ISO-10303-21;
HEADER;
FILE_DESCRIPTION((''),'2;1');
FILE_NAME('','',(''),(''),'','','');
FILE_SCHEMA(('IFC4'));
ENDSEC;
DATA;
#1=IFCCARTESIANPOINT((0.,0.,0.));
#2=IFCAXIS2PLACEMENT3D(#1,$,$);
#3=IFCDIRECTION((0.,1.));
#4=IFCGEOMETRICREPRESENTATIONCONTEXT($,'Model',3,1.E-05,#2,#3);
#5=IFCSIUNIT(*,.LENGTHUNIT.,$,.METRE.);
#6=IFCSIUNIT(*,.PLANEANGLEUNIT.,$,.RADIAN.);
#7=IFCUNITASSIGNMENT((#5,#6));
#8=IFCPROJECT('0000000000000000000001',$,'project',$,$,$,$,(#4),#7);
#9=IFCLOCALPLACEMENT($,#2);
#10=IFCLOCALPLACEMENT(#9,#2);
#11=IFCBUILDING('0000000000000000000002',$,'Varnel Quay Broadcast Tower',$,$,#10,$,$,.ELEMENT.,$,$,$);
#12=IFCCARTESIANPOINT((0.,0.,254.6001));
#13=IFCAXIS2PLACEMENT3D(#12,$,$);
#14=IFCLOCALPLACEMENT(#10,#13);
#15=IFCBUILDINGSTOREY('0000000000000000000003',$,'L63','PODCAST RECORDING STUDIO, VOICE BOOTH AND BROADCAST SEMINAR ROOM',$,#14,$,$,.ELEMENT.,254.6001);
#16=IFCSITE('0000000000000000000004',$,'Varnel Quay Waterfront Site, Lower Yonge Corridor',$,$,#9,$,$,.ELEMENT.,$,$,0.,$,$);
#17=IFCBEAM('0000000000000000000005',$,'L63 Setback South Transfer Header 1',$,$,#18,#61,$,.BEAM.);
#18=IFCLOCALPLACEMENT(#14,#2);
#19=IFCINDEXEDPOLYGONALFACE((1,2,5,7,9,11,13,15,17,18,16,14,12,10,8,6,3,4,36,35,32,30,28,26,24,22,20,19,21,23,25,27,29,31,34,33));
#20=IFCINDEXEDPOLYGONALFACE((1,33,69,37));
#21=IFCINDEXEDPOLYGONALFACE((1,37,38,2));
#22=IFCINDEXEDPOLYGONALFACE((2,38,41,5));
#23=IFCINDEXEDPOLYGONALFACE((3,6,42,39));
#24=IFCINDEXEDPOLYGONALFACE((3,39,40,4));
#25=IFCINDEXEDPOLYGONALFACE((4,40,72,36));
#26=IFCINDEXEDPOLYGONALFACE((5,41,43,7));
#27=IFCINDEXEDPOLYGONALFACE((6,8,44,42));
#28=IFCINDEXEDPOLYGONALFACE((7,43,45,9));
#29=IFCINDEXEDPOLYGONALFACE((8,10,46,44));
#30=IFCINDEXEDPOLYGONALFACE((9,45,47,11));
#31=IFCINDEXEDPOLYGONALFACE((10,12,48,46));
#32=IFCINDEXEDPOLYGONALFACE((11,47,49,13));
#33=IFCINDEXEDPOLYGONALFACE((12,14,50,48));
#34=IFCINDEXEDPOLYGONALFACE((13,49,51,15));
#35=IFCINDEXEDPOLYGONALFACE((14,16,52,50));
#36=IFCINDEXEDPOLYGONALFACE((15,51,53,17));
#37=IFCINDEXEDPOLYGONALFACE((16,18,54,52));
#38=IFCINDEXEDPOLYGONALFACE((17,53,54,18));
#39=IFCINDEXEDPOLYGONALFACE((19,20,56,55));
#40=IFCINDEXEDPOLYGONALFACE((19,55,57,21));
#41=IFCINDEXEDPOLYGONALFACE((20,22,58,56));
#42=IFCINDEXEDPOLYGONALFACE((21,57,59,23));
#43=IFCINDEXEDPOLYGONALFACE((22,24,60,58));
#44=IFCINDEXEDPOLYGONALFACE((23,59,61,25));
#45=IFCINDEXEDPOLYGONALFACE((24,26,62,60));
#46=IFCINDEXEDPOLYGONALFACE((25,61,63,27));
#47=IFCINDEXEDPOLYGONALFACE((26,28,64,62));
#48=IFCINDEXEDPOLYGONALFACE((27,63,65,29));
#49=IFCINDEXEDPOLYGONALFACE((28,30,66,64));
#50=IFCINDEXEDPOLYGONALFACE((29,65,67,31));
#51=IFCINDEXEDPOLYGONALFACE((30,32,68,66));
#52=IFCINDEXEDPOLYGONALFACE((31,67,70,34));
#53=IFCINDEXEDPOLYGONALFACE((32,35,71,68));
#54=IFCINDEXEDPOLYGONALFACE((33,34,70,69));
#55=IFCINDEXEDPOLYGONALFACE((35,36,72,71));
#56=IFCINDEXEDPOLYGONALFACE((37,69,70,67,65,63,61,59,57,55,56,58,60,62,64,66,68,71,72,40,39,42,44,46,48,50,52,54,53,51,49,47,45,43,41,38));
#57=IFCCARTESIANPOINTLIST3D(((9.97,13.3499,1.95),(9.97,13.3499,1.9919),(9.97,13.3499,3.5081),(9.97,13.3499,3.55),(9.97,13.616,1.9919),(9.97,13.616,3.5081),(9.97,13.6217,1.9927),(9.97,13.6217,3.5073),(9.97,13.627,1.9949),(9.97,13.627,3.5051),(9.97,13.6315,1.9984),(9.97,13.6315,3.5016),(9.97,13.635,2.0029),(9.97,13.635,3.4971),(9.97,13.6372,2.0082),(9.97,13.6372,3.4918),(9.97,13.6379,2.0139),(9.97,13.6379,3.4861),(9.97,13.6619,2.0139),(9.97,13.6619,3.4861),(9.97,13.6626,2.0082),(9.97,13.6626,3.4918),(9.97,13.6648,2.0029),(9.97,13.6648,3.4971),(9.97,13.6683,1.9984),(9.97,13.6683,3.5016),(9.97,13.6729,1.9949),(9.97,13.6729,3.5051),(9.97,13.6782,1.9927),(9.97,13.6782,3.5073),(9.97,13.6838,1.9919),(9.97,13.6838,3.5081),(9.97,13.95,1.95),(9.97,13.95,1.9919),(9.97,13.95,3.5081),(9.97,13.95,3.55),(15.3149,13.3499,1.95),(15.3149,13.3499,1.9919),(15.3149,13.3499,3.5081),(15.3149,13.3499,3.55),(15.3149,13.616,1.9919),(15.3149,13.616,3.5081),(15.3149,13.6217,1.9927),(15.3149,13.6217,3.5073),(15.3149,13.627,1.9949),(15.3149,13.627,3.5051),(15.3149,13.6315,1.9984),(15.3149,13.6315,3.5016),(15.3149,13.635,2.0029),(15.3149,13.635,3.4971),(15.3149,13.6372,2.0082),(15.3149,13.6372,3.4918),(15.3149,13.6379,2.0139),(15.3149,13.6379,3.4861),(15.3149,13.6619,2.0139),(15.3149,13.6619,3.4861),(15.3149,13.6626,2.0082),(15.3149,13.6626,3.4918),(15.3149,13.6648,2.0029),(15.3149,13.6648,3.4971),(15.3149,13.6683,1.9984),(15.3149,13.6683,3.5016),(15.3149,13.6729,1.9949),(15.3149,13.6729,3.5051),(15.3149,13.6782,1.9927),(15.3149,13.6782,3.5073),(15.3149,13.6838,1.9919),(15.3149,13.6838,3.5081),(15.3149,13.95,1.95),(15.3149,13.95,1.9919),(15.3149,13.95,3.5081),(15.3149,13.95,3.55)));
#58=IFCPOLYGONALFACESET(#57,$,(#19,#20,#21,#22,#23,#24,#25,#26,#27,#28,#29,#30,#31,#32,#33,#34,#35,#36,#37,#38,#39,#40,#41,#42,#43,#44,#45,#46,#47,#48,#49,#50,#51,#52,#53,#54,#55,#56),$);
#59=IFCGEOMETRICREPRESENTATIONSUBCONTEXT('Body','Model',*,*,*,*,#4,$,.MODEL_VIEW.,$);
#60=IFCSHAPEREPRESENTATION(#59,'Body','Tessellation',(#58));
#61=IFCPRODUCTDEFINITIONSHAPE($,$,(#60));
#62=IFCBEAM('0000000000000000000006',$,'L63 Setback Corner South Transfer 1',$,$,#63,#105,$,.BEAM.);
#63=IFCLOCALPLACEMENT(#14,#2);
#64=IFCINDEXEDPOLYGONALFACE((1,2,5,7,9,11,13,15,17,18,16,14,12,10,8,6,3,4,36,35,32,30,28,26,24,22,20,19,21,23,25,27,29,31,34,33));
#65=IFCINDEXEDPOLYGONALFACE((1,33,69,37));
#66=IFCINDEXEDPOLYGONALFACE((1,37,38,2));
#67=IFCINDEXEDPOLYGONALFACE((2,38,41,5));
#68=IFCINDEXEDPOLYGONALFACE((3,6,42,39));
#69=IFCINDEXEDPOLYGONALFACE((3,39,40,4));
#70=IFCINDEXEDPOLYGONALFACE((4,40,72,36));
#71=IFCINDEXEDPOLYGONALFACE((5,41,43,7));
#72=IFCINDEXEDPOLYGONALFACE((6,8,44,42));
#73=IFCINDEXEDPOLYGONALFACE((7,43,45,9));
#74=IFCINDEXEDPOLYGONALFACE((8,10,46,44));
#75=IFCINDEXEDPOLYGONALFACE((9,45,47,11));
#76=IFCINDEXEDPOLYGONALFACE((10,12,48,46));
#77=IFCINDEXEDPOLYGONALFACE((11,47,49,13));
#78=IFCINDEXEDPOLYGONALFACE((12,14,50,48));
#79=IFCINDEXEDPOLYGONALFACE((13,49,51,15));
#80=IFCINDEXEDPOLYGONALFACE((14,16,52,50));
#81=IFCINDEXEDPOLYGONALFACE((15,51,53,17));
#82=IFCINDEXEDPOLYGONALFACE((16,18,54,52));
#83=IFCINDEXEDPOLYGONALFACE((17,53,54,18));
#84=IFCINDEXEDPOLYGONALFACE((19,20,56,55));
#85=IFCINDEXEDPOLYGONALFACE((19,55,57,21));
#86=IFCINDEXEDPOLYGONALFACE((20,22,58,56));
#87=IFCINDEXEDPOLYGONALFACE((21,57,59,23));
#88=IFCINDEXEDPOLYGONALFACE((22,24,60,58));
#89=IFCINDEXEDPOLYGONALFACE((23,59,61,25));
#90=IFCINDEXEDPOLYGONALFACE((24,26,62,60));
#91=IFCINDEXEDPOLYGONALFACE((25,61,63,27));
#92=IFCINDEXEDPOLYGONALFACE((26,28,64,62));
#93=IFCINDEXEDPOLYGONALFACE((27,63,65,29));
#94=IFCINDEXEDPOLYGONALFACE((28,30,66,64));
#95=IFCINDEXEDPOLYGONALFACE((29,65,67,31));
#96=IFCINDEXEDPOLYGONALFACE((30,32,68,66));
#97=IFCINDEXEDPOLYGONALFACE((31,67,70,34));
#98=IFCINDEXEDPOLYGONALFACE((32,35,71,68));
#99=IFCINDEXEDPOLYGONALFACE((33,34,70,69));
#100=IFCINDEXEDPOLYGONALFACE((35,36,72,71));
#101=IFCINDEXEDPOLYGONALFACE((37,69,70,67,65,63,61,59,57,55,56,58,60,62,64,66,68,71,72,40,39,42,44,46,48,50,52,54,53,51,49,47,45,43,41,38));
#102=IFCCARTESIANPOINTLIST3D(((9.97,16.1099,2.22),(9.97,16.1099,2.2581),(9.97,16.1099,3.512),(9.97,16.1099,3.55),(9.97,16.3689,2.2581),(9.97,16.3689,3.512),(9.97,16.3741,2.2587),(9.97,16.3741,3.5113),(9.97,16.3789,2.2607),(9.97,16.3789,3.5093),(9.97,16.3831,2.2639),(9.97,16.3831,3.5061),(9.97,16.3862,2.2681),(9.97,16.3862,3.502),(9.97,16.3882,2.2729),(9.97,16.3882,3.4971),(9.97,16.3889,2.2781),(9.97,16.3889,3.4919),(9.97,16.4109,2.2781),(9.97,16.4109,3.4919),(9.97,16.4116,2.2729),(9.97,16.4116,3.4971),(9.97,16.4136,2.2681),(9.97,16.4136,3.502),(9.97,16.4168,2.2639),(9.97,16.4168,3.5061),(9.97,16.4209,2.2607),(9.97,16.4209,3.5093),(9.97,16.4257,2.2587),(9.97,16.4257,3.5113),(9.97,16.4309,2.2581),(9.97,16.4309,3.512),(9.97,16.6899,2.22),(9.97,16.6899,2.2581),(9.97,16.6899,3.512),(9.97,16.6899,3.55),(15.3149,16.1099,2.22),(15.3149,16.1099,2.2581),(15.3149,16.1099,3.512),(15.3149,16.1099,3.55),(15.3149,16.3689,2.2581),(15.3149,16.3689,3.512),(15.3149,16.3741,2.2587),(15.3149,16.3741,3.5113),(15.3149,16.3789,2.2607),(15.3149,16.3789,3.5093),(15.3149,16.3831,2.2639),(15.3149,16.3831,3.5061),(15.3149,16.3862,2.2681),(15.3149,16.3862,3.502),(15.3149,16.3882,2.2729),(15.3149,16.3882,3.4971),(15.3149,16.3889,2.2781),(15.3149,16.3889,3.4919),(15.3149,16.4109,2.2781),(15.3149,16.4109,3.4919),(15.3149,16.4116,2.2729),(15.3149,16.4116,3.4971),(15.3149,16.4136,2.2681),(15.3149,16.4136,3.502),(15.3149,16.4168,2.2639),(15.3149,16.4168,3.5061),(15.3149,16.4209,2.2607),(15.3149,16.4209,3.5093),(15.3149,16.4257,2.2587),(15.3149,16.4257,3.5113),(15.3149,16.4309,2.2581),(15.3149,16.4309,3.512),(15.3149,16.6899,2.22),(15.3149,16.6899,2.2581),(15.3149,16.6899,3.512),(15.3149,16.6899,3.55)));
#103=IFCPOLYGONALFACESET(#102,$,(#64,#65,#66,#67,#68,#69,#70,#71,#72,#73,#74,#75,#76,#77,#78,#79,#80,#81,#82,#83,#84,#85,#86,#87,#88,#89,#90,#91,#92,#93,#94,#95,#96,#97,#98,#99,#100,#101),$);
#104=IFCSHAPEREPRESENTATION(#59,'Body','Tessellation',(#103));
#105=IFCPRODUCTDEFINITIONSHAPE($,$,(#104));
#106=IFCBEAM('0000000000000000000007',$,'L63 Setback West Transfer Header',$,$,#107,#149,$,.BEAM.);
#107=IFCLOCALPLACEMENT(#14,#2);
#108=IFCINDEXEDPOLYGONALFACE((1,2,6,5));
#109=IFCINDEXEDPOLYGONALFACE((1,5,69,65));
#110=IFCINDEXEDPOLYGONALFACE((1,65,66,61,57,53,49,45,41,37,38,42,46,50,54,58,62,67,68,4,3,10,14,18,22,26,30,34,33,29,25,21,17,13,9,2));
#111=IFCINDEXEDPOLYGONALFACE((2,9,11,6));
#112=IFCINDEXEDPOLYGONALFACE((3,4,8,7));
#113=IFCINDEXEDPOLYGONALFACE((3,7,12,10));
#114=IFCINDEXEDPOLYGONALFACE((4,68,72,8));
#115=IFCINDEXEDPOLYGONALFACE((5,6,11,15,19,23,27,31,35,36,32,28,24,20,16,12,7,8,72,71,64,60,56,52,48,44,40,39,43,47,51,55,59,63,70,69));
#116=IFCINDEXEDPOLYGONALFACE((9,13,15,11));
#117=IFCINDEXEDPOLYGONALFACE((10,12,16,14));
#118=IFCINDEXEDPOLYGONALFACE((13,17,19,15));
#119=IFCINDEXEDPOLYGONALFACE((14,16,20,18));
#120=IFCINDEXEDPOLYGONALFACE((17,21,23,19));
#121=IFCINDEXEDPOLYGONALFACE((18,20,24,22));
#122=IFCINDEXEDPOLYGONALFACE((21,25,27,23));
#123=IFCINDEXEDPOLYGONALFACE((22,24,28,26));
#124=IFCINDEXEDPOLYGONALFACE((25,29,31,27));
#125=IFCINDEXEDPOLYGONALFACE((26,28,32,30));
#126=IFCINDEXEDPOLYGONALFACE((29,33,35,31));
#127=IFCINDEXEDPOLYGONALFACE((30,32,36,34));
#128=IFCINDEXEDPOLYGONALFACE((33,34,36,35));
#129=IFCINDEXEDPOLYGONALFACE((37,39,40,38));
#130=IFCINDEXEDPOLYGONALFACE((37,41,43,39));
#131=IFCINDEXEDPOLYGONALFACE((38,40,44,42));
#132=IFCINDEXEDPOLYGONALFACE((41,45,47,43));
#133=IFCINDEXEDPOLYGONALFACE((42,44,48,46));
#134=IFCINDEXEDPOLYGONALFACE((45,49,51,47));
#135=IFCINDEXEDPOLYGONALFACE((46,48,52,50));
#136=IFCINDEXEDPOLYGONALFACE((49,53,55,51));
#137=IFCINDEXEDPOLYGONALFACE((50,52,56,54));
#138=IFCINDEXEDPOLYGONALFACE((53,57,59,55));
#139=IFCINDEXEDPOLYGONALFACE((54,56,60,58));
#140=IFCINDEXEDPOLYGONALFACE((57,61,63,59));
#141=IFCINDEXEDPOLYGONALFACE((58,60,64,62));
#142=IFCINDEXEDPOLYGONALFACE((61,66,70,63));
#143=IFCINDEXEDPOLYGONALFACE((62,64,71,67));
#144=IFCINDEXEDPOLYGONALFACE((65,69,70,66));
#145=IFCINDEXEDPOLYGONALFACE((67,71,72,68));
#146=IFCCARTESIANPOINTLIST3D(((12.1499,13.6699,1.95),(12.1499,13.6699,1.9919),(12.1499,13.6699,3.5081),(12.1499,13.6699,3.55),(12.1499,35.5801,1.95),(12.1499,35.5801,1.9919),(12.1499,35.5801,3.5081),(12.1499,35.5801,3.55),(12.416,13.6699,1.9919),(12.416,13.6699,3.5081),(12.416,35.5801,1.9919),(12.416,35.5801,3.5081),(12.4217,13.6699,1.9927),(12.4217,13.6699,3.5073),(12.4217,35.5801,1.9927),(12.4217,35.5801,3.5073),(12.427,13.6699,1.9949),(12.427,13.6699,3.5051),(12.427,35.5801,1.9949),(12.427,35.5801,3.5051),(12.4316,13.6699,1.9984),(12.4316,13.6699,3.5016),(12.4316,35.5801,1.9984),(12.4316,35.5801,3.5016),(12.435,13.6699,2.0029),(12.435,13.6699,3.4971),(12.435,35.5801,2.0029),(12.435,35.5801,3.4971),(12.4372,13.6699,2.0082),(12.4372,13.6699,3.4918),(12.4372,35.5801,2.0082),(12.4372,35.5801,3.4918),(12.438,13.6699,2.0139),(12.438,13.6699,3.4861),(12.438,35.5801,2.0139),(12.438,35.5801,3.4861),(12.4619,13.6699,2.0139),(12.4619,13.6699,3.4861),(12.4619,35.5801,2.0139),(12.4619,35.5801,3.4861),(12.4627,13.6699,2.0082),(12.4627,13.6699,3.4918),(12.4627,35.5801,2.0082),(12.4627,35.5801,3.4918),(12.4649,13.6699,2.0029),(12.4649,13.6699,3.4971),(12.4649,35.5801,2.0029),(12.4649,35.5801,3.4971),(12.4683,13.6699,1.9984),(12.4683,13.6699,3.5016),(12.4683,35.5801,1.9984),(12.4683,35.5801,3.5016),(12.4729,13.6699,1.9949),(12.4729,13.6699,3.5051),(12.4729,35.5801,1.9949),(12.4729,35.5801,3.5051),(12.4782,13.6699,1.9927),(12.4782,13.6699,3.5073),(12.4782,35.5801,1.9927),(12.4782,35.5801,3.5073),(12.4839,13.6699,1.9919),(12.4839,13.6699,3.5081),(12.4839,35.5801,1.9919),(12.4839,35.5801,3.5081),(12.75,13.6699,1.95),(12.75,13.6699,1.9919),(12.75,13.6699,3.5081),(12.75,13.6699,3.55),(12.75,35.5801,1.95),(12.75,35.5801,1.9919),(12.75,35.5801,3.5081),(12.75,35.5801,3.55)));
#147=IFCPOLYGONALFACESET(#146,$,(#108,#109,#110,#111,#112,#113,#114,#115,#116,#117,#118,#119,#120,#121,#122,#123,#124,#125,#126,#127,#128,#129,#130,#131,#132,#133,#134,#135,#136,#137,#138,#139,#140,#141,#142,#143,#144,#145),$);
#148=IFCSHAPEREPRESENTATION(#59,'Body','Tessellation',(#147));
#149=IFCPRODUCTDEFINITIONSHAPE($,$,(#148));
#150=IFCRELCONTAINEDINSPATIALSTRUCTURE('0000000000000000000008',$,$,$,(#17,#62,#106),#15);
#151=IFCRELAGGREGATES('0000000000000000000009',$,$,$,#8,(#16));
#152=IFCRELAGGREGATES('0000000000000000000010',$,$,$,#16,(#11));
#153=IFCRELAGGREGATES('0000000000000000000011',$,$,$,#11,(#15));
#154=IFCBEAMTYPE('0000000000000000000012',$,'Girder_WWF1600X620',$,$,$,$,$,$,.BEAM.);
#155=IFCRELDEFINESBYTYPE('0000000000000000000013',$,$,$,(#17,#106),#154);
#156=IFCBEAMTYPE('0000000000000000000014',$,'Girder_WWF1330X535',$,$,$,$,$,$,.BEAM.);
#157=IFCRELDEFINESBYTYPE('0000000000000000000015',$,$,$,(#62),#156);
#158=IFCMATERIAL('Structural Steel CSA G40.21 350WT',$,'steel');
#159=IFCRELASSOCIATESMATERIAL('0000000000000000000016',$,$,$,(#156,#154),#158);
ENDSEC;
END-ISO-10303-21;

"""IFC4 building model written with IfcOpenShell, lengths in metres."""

from ifc_helpers import new_model, si_unit, direction, frame, origin, origin_2d, place, context, subcontext, project, spatial, i_section, extrude, source, transform, mapped, material, material_profile, profile_set, type_object, type_shapes, element, save


model = new_model("IFC4")

# Units and contexts
model_context = context("Model", 3, precision=1e-05, world=origin(), true_north=direction((0.0, 1.0)))
body_context = subcontext(model_context, "Body", "Model", "MODEL_VIEW")
ifc_project = project(units=[si_unit("LENGTHUNIT", "METRE"), si_unit("PLANEANGLEUNIT", "RADIAN")], contexts=[model_context])

# Site, building, storey
site_placement = place(None, origin())
site = spatial("IfcSite", under=ifc_project, at=site_placement, Name="Varnel Quay Waterfront Site, Lower Yonge Corridor", CompositionType="ELEMENT", RefElevation=0.0)
building_placement = place(site_placement, origin())
building = spatial("IfcBuilding", under=site, at=building_placement, Name="Varnel Quay Broadcast Tower", CompositionType="ELEMENT")
storey_placement = place(building_placement, frame((0.0, 0.0, 254.6001)))
storey = spatial("IfcBuildingStorey", under=building, at=storey_placement, Name="L63", Description="PODCAST RECORDING STUDIO, VOICE BOOTH AND BROADCAST SEMINAR ROOM", CompositionType="ELEMENT", Elevation=254.6001)

# Beams
ifc_material_1 = material(Name="Structural Steel CSA G40.21 350WT", Category="steel")
ifc_material_profile_1 = material_profile(ifc_material_1, i_section(OverallWidth=0.5801, OverallDepth=1.3301, WebThickness=0.022, FlangeThickness=0.0381, FilletRadius=0.02, at=origin_2d()), Name="WWF1330X535")
ifc_profile_set_1 = profile_set([ifc_material_profile_1], Name="Structural Steel CSA G40.21 350WT")
beam_type_1 = type_object("IfcBeamType", Name="Girder_WWF1330X535", PredefinedType="BEAM", material=ifc_profile_set_1)
ifc_material_profile_2 = material_profile(ifc_material_1, i_section(OverallWidth=0.6001, OverallDepth=1.6001, WebThickness=0.0239, FlangeThickness=0.042, FilletRadius=0.022, at=origin_2d()), Name="WWF1600X620")
ifc_profile_set_2 = profile_set([ifc_material_profile_2], Name="Structural Steel CSA G40.21 350WT")
beam_type_2 = type_object("IfcBeamType", Name="Girder_WWF1600X620", PredefinedType="BEAM", material=ifc_profile_set_2)
shared_shape_1 = source(origin(), body_context, "Body", "SweptSolid", [
    extrude(i_section(OverallWidth=0.6001, OverallDepth=1.6001, WebThickness=0.0239, FlangeThickness=0.042, FilletRadius=0.022, at=origin_2d()), origin(), (0.0, 0.0, 1.0), 5.345),
])
beam_1_placement = place(storey_placement, frame((9.97, 13.6499, 2.75), z_axis=(1.0, 0.0, 0.0), x_axis=(0.0, 1.0, 0.0)))
element("IfcBeam", 1, at=beam_1_placement, inside=storey, type_object=beam_type_2, Name="L63 Setback South Transfer Header 1", PredefinedType="BEAM", context=body_context, shape_type="MappedRepresentation", body=[
    mapped(shared_shape_1, transform((0.0, 0.0, 0.0), x_axis=(1.0, 0.0, 0.0), y_axis=(0.0, 1.0, 0.0), z_axis=(0.0, 0.0, 1.0), scale=1.0)),
])
shared_shape_2 = source(origin(), body_context, "Body", "SweptSolid", [
    extrude(i_section(OverallWidth=0.5801, OverallDepth=1.3301, WebThickness=0.022, FlangeThickness=0.0381, FilletRadius=0.02, at=origin_2d()), origin(), (0.0, 0.0, 1.0), 5.345),
])
beam_2_placement = place(storey_placement, frame((9.97, 16.3999, 2.885), z_axis=(1.0, 0.0, 0.0), x_axis=(0.0, 1.0, 0.0)))
element("IfcBeam", 2, at=beam_2_placement, inside=storey, type_object=beam_type_1, Name="L63 Setback Corner South Transfer 1", PredefinedType="BEAM", context=body_context, shape_type="MappedRepresentation", body=[
    mapped(shared_shape_2, transform((0.0, 0.0, 0.0), x_axis=(1.0, 0.0, 0.0), y_axis=(0.0, 1.0, 0.0), z_axis=(0.0, 0.0, 1.0), scale=1.0)),
])
shared_shape_3 = source(origin(), body_context, "Body", "SweptSolid", [
    extrude(i_section(OverallWidth=0.6001, OverallDepth=1.6001, WebThickness=0.0239, FlangeThickness=0.042, FilletRadius=0.022, at=origin_2d()), origin(), (0.0, 0.0, 1.0), 21.9102),
])
type_shapes(beam_type_2, [shared_shape_1, shared_shape_3])
beam_3_placement = place(storey_placement, frame((12.45, 13.6699, 2.75), z_axis=(0.0, 1.0, 0.0), x_axis=(-1.0, 0.0, 0.0)))
element("IfcBeam", 3, at=beam_3_placement, inside=storey, type_object=beam_type_2, Name="L63 Setback West Transfer Header", PredefinedType="BEAM", context=body_context, shape_type="MappedRepresentation", body=[
    mapped(shared_shape_3, transform((0.0, 0.0, 0.0), x_axis=(1.0, 0.0, 0.0), y_axis=(0.0, 1.0, 0.0), z_axis=(0.0, 0.0, 1.0), scale=1.0)),
])

save(model, "model.ifc")
